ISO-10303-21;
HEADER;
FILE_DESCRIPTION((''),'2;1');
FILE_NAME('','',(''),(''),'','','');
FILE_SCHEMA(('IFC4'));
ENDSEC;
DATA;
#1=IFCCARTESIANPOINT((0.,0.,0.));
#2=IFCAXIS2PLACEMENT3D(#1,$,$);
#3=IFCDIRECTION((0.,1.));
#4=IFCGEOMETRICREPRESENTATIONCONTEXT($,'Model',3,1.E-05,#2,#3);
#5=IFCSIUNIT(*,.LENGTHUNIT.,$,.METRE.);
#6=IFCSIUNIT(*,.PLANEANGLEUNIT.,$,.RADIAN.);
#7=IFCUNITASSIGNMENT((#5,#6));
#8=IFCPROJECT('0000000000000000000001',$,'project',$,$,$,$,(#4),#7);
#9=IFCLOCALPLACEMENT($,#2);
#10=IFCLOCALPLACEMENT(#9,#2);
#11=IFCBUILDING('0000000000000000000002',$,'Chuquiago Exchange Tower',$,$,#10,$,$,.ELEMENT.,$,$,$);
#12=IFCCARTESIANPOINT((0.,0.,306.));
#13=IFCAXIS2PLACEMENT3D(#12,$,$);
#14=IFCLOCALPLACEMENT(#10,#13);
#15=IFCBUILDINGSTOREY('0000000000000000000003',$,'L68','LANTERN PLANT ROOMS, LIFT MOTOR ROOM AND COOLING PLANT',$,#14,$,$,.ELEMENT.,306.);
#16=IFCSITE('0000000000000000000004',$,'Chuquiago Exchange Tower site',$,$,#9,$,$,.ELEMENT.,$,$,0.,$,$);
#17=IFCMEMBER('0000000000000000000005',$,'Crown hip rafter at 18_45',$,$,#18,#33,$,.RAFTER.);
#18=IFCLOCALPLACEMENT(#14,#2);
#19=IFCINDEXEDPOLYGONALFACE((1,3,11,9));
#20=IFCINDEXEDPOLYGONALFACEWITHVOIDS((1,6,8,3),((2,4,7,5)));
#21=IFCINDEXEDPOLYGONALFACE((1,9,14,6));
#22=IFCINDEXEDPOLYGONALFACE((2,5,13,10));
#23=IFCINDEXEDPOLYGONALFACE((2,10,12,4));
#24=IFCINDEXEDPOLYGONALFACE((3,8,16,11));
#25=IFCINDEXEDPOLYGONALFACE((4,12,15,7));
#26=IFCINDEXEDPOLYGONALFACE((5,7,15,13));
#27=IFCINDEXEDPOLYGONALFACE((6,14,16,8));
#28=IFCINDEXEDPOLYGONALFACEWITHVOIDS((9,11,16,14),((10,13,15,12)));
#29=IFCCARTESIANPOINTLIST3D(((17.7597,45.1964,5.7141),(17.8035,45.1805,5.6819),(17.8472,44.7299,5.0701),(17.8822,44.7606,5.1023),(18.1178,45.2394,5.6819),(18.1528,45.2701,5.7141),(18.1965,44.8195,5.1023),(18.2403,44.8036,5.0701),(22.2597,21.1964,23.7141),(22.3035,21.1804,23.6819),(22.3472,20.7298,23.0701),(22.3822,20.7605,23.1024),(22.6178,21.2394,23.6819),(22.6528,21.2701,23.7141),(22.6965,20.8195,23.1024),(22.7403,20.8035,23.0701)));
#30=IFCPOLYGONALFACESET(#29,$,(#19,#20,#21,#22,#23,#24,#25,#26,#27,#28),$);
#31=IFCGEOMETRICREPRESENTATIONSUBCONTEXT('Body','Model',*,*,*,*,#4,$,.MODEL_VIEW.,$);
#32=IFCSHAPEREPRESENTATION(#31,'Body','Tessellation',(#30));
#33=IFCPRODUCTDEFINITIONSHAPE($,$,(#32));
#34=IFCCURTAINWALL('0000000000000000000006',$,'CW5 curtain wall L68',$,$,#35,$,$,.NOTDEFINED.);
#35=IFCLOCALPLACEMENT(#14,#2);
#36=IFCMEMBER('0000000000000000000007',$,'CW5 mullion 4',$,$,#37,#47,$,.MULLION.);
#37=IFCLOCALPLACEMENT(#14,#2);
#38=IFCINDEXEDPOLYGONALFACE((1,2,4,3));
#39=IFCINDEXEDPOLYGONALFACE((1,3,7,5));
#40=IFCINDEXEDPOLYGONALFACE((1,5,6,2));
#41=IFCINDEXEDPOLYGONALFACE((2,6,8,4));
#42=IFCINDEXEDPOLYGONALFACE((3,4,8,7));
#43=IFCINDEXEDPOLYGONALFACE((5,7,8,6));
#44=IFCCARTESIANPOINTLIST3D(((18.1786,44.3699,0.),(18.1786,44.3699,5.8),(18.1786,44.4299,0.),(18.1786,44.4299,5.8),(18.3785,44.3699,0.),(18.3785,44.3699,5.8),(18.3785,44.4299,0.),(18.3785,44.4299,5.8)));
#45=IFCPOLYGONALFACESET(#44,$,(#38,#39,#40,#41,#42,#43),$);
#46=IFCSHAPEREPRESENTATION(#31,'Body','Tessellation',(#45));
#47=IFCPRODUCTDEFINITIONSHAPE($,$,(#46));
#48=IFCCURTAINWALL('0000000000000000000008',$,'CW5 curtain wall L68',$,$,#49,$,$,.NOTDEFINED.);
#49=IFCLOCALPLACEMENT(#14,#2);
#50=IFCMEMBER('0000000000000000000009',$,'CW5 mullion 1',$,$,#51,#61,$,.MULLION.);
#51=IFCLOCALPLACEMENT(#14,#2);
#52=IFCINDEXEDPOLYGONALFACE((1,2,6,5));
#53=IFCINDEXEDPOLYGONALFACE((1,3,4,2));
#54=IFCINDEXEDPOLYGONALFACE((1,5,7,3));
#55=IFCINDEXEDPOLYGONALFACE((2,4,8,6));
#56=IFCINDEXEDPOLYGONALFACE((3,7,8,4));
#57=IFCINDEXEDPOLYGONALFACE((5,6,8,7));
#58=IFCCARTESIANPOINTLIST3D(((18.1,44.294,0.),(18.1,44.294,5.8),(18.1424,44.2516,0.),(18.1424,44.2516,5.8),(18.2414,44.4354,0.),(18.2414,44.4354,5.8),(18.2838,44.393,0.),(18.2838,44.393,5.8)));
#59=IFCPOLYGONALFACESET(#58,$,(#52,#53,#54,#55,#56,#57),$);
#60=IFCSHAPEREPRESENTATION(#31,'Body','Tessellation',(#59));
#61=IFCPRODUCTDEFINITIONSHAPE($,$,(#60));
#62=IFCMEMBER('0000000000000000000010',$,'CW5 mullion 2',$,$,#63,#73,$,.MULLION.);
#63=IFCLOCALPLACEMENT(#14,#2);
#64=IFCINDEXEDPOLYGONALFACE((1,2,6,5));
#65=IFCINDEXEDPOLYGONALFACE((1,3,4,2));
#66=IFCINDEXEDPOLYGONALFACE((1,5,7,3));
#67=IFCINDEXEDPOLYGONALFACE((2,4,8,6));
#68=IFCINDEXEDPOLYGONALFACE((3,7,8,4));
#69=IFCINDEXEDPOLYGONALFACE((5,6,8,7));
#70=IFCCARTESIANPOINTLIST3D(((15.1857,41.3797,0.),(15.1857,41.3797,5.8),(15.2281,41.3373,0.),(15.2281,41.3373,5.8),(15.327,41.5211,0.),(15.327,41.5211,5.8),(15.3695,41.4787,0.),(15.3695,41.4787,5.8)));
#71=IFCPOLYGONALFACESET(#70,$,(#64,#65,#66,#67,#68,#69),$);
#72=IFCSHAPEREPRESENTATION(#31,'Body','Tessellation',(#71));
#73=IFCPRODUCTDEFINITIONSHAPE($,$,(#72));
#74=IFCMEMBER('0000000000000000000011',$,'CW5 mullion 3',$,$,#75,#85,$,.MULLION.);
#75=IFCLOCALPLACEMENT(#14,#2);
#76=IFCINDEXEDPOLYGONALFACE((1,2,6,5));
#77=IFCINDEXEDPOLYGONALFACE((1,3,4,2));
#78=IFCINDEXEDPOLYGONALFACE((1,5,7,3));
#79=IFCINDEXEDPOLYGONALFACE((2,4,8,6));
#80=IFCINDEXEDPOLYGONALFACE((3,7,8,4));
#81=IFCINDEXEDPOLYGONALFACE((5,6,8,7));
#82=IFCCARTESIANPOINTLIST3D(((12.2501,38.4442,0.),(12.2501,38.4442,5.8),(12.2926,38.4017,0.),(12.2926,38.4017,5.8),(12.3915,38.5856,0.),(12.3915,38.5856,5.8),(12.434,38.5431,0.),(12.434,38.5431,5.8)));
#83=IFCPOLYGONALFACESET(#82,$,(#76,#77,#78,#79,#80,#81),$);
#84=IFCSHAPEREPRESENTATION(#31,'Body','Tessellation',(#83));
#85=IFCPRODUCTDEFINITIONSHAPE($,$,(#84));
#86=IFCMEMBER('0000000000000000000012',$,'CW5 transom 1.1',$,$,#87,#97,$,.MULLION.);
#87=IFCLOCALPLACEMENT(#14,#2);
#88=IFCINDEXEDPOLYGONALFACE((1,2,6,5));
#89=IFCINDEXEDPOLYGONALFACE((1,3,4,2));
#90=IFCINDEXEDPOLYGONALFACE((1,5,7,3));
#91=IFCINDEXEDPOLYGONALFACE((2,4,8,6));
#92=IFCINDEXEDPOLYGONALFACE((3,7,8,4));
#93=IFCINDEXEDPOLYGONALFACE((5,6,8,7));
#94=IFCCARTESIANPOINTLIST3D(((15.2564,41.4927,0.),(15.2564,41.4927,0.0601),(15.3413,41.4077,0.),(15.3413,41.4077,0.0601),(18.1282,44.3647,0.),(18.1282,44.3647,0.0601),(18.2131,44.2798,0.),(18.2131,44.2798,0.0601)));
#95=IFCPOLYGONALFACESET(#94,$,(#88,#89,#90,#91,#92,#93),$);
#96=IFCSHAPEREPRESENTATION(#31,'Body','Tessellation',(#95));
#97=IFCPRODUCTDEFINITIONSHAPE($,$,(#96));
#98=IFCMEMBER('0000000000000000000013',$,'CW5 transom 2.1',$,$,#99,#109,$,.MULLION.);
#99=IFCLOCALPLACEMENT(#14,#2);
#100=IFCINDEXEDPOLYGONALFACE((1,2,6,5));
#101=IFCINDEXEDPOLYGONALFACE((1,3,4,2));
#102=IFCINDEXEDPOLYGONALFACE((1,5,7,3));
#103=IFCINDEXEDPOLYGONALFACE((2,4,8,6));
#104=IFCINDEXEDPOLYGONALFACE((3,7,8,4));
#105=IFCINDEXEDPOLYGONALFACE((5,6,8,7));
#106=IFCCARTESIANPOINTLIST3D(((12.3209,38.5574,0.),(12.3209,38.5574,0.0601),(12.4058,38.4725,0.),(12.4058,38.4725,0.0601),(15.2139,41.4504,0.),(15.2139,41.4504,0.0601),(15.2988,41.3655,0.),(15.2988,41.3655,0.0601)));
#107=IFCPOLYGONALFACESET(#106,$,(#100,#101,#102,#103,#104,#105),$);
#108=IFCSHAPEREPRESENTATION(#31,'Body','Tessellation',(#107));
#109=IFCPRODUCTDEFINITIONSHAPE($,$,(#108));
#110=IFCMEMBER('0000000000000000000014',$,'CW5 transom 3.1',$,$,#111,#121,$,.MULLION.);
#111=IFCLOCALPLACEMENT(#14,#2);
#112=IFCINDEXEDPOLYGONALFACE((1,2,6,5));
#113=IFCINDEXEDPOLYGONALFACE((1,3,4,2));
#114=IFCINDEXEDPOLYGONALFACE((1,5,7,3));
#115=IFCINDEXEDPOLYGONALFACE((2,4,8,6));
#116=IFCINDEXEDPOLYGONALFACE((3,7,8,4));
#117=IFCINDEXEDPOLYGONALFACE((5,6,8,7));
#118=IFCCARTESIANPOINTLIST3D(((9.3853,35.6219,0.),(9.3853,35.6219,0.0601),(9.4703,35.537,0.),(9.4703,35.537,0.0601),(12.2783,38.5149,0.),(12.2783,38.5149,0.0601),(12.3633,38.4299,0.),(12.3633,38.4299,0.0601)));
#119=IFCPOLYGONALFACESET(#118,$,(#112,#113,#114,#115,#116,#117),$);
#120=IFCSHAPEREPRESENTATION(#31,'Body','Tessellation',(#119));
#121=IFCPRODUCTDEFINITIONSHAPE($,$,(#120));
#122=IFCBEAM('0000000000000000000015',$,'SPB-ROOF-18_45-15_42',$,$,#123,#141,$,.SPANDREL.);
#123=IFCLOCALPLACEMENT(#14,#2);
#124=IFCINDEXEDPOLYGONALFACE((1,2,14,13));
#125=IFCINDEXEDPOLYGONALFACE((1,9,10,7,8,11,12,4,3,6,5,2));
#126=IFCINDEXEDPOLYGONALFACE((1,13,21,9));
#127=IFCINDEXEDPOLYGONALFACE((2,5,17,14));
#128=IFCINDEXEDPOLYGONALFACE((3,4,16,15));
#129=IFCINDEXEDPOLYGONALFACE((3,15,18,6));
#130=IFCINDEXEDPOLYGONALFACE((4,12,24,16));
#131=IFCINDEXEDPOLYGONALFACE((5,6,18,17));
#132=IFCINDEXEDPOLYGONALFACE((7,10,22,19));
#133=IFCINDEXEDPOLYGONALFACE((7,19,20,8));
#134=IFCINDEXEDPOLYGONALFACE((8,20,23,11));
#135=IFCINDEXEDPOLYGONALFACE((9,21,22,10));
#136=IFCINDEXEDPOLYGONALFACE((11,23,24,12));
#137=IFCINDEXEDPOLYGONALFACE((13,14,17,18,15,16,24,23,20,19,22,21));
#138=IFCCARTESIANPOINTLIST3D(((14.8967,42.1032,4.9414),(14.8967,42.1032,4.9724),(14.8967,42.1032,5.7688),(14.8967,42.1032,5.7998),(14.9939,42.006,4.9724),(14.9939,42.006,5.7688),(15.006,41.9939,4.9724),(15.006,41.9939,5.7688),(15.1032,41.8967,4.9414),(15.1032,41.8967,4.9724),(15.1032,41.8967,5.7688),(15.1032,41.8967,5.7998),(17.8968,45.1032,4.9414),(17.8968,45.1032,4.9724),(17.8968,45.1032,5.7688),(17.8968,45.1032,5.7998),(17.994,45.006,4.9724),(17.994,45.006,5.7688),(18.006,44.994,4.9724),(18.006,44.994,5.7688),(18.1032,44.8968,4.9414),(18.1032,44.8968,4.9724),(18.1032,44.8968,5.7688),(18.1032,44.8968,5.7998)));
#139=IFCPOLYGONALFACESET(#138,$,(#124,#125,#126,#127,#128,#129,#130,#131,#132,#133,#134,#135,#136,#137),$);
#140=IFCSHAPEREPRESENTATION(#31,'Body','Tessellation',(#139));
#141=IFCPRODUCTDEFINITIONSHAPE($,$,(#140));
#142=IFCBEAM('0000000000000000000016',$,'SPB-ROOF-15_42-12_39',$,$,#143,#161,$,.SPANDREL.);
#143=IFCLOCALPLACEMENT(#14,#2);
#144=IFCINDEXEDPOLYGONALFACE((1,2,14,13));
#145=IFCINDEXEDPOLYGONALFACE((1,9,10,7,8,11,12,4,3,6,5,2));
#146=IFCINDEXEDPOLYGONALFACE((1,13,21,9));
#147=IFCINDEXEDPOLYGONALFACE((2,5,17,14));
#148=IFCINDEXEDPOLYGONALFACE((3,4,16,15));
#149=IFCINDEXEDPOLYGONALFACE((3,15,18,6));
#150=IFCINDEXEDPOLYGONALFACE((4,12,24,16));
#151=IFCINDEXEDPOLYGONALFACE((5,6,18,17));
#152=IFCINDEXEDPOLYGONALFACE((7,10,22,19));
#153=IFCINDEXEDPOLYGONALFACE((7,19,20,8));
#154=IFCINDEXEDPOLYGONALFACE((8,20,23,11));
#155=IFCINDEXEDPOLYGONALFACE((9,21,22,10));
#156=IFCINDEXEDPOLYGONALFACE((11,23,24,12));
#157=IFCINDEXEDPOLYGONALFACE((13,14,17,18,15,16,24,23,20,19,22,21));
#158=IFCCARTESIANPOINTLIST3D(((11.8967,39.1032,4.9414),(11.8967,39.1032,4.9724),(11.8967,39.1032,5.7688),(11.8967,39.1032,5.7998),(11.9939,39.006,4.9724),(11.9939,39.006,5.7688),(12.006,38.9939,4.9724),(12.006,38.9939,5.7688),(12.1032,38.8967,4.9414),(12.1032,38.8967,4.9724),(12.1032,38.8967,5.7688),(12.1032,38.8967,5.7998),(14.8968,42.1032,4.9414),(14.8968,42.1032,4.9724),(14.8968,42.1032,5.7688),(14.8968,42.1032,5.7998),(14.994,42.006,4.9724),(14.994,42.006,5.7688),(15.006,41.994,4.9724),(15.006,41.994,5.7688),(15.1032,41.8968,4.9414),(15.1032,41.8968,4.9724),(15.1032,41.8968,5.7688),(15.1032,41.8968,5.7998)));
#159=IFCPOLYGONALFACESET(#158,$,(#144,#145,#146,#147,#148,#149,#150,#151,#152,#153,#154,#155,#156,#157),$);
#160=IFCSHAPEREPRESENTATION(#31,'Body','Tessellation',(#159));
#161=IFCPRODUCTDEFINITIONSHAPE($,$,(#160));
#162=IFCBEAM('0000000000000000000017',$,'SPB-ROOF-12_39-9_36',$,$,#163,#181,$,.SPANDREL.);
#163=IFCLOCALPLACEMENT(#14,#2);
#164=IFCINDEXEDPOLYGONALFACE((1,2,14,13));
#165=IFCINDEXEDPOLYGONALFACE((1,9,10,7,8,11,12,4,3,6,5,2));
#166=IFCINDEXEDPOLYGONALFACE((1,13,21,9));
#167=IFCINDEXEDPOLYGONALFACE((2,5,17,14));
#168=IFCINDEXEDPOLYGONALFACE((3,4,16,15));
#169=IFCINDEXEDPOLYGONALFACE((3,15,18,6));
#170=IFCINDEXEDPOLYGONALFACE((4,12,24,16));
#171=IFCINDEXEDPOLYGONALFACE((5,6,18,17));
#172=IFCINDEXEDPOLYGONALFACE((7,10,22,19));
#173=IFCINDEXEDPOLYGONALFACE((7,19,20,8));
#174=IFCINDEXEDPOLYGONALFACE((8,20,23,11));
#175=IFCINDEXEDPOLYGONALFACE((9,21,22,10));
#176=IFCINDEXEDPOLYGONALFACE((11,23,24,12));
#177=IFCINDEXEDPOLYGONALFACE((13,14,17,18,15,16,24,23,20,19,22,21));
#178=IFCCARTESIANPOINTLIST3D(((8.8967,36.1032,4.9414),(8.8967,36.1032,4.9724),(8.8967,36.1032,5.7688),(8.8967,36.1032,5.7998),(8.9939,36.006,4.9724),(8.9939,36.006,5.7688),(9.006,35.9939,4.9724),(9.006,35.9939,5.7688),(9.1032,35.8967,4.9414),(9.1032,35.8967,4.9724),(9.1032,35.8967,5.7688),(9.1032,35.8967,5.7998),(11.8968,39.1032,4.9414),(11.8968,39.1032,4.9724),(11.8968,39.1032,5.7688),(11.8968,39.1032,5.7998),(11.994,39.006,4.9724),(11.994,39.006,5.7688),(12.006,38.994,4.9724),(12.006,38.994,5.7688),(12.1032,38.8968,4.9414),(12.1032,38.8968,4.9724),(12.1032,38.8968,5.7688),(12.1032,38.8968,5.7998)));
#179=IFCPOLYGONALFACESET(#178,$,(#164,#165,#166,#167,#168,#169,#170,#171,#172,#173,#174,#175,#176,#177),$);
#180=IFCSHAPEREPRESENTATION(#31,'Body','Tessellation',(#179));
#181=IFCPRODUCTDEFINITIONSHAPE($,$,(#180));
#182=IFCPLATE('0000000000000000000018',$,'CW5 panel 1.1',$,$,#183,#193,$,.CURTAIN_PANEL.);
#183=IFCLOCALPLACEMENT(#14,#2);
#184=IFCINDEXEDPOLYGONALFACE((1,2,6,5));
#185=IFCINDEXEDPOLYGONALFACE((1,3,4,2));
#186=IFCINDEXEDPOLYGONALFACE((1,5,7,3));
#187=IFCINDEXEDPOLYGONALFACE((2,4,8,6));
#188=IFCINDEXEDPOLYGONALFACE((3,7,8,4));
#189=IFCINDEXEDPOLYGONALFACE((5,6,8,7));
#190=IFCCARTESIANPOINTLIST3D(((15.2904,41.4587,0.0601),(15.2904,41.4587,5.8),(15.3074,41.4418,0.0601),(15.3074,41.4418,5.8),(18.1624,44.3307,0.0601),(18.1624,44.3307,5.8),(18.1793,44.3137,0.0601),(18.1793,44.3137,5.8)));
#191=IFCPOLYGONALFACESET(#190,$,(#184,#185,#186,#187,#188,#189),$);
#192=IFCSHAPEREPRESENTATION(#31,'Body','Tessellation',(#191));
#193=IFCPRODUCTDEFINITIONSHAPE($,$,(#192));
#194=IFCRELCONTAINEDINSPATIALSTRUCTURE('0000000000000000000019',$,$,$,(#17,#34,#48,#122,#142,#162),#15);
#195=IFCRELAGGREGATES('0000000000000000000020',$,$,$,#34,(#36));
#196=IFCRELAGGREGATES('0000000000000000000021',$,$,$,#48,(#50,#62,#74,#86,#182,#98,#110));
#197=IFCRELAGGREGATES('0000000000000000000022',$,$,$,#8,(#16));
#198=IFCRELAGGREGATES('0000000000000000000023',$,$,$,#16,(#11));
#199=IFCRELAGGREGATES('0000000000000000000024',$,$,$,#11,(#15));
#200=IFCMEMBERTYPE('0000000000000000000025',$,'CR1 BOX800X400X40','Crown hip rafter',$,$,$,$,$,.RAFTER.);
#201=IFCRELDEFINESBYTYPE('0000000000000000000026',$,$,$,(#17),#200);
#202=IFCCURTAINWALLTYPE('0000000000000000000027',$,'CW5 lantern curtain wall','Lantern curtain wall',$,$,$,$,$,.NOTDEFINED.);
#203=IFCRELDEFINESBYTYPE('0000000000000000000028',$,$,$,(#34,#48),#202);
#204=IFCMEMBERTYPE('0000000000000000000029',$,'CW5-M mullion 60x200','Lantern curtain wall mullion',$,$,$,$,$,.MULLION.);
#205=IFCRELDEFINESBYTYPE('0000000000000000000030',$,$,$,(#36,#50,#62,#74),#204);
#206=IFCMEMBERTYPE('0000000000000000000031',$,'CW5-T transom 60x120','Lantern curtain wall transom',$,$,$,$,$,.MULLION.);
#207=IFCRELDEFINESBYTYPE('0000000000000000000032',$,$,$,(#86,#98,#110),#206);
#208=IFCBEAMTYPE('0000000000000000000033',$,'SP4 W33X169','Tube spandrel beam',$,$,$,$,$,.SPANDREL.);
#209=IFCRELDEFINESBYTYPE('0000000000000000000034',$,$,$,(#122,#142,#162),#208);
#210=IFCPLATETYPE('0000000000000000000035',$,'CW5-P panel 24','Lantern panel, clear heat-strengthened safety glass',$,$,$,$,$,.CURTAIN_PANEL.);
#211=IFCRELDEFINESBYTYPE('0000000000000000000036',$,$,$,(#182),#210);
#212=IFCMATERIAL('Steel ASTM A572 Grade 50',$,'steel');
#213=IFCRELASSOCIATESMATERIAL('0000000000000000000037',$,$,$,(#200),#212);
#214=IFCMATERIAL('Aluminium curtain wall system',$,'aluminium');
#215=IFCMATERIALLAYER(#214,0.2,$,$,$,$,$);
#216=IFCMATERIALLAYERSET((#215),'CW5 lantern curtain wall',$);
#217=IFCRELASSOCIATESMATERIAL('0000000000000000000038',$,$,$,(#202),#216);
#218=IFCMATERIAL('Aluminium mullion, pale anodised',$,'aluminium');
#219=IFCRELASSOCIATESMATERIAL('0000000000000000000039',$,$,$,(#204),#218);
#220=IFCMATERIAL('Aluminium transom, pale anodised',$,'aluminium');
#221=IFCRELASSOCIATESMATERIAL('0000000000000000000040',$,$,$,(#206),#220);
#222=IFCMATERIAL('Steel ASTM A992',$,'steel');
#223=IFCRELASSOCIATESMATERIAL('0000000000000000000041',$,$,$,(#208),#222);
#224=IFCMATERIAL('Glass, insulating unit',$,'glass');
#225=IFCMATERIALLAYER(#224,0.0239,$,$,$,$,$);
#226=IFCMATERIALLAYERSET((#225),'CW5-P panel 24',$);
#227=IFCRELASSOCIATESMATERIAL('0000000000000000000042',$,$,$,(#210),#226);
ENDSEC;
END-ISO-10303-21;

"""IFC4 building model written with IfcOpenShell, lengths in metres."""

from ifc_helpers import new_model, si_unit, direction, frame, origin, origin_2d, place, context, subcontext, project, spatial, rectangle, hollow_rectangle, i_section, extrude, material, layer, layer_set, material_profile, profile_set, type_object, element, aggregate, save


model = new_model("IFC4")

# Units and contexts
model_context = context("Model", 3, precision=1e-05, world=origin(), true_north=direction((0.0, 1.0)))
body_context = subcontext(model_context, "Body", "Model", "MODEL_VIEW")
ifc_project = project(units=[si_unit("LENGTHUNIT", "METRE"), si_unit("PLANEANGLEUNIT", "RADIAN")], contexts=[model_context])

# Site, building, storey
site_placement = place(None, origin())
site = spatial("IfcSite", under=ifc_project, at=site_placement, Name="Chuquiago Exchange Tower site", CompositionType="ELEMENT", RefElevation=0.0)
building_placement = place(site_placement, origin())
building = spatial("IfcBuilding", under=site, at=building_placement, Name="Chuquiago Exchange Tower", CompositionType="ELEMENT")
storey_placement = place(building_placement, frame((0.0, 0.0, 306.0)))
storey = spatial("IfcBuildingStorey", under=building, at=storey_placement, Name="L68", Description="LANTERN PLANT ROOMS, LIFT MOTOR ROOM AND COOLING PLANT", CompositionType="ELEMENT", Elevation=306.0)

# Member
ifc_material_1 = material(Name="Steel ASTM A572 Grade 50", Category="steel")
ifc_material_profile_1 = material_profile(ifc_material_1, hollow_rectangle(XDim=0.3999, YDim=0.8, WallThickness=0.04, at=origin_2d()), Name="BOX800X400X40")
ifc_profile_set_1 = profile_set([ifc_material_profile_1], Name="Steel ASTM A572 Grade 50")
member_type_1 = type_object("IfcMemberType", Name="CR1 BOX800X400X40", Description="Crown hip rafter", PredefinedType="RAFTER", material=ifc_profile_set_1)
member_1_placement = place(storey_placement, frame((18.0, 45.0, 5.3921), z_axis=(0.14834, -0.791149, 0.593362), x_axis=(0.982872, 0.184289, 0.0)))
element("IfcMember", 1, at=member_1_placement, inside=storey, type_object=member_type_1, Name="Crown hip rafter at 18_45", PredefinedType="RAFTER", context=body_context, shape_type="SweptSolid", body=[
    extrude(hollow_rectangle(XDim=0.3999, YDim=0.8, WallThickness=0.04, at=origin_2d()), origin(), (0.0, 0.0, 1.0), 30.3357),
])

# Curtain wall, member
ifc_material_2 = material(Name="Aluminium curtain wall system", Category="aluminium")
ifc_layer_1 = layer(ifc_material_2, 0.2)
ifc_layer_set_1 = layer_set([ifc_layer_1], Name="CW5 lantern curtain wall")
curtain_wall_type = type_object("IfcCurtainWallType", Name="CW5 lantern curtain wall", Description="Lantern curtain wall", PredefinedType="NOTDEFINED", material=ifc_layer_set_1)
curtain_wall_1_placement = place(storey_placement, origin())
curtain_wall_1 = element("IfcCurtainWall", 2, at=curtain_wall_1_placement, inside=storey, type_object=curtain_wall_type, Name="CW5 curtain wall L68", PredefinedType="NOTDEFINED")
ifc_material_3 = material(Name="Aluminium mullion, pale anodised", Category="aluminium")
ifc_material_profile_2 = material_profile(ifc_material_3, rectangle(XDim=0.0601, YDim=0.2, at=origin_2d()), Name="AL 60x200")
ifc_profile_set_2 = profile_set([ifc_material_profile_2], Name="Aluminium mullion, pale anodised")
member_type_2 = type_object("IfcMemberType", Name="CW5-M mullion 60x200", Description="Lantern curtain wall mullion", PredefinedType="MULLION", material=ifc_profile_set_2)
member_2_placement = place(storey_placement, frame((18.2786, 44.3999, 0.0), z_axis=(0.0, 0.0, 1.0), x_axis=(0.0, -1.0, 0.0)))
member_2 = element("IfcMember", 3, at=member_2_placement, type_object=member_type_2, Name="CW5 mullion 4", PredefinedType="MULLION", context=body_context, shape_type="SweptSolid", body=[
    extrude(rectangle(XDim=0.0601, YDim=0.2, at=origin_2d()), origin(), (0.0, 0.0, 1.0), 5.8),
])
aggregate(curtain_wall_1, [member_2])

# Curtain wall, members
curtain_wall_2_placement = place(storey_placement, origin())
curtain_wall_2 = element("IfcCurtainWall", 4, at=curtain_wall_2_placement, inside=storey, type_object=curtain_wall_type, Name="CW5 curtain wall L68", PredefinedType="NOTDEFINED")
member_3_placement = place(storey_placement, frame((18.1919, 44.3435, 0.0), z_axis=(0.0, 0.0, 1.0), x_axis=(0.707105, -0.707109, 0.0)))
member_3 = element("IfcMember", 5, at=member_3_placement, type_object=member_type_2, Name="CW5 mullion 1", PredefinedType="MULLION", context=body_context, shape_type="SweptSolid", body=[
    extrude(rectangle(XDim=0.0601, YDim=0.2, at=origin_2d()), origin(), (0.0, 0.0, 1.0), 5.8),
])
member_4_placement = place(storey_placement, frame((15.2776, 41.4292, 0.0), z_axis=(0.0, 0.0, 1.0), x_axis=(0.707105, -0.707109, 0.0)))
member_4 = element("IfcMember", 6, at=member_4_placement, type_object=member_type_2, Name="CW5 mullion 2", PredefinedType="MULLION", context=body_context, shape_type="SweptSolid", body=[
    extrude(rectangle(XDim=0.0601, YDim=0.2, at=origin_2d()), origin(), (0.0, 0.0, 1.0), 5.8),
])
member_5_placement = place(storey_placement, frame((12.342, 38.4937, 0.0), z_axis=(0.0, 0.0, 1.0), x_axis=(0.707105, -0.707109, 0.0)))
member_5 = element("IfcMember", 7, at=member_5_placement, type_object=member_type_2, Name="CW5 mullion 3", PredefinedType="MULLION", context=body_context, shape_type="SweptSolid", body=[
    extrude(rectangle(XDim=0.0601, YDim=0.2, at=origin_2d()), origin(), (0.0, 0.0, 1.0), 5.8),
])
ifc_material_4 = material(Name="Aluminium transom, pale anodised", Category="aluminium")
ifc_material_profile_3 = material_profile(ifc_material_4, rectangle(XDim=0.1201, YDim=0.0601, at=origin_2d()), Name="AL 120x60")
ifc_profile_set_3 = profile_set([ifc_material_profile_3], Name="Aluminium transom, pale anodised")
member_type_3 = type_object("IfcMemberType", Name="CW5-T transom 60x120", Description="Lantern curtain wall transom", PredefinedType="MULLION", material=ifc_profile_set_3)
member_6_placement = place(storey_placement, frame((18.1707, 44.3223, 0.03), z_axis=(-0.707077, -0.707137, 0.0), x_axis=(0.707137, -0.707077, 0.0)))
member_6 = element("IfcMember", 8, at=member_6_placement, type_object=member_type_3, Name="CW5 transom 1.1", PredefinedType="MULLION", context=body_context, shape_type="SweptSolid", body=[
    extrude(rectangle(XDim=0.1201, YDim=0.0601, at=origin_2d()), origin(), (0.0, 0.0, 1.0), 4.0615),
])
member_7_placement = place(storey_placement, frame((15.2563, 41.408, 0.03), z_axis=(-0.707107, -0.707107, 0.0), x_axis=(0.707107, -0.707107, 0.0)))
member_7 = element("IfcMember", 9, at=member_7_placement, type_object=member_type_3, Name="CW5 transom 2.1", PredefinedType="MULLION", context=body_context, shape_type="SweptSolid", body=[
    extrude(rectangle(XDim=0.1201, YDim=0.0601, at=origin_2d()), origin(), (0.0, 0.0, 1.0), 4.0913),
])
member_8_placement = place(storey_placement, frame((12.3208, 38.4724, 0.03), z_axis=(-0.707107, -0.707107, 0.0), x_axis=(0.707107, -0.707107, 0.0)))
member_8 = element("IfcMember", 10, at=member_8_placement, type_object=member_type_3, Name="CW5 transom 3.1", PredefinedType="MULLION", context=body_context, shape_type="SweptSolid", body=[
    extrude(rectangle(XDim=0.1201, YDim=0.0601, at=origin_2d()), origin(), (0.0, 0.0, 1.0), 4.0913),
])

# Beams
ifc_material_5 = material(Name="Steel ASTM A992", Category="steel")
ifc_material_profile_4 = material_profile(ifc_material_5, i_section(OverallWidth=0.292, OverallDepth=0.8584, WebThickness=0.0171, FlangeThickness=0.031, at=origin_2d()), Name="W33X169")
ifc_profile_set_4 = profile_set([ifc_material_profile_4], Name="Steel ASTM A992")
beam_type_1 = type_object("IfcBeamType", Name="SP4 W33X169", Description="Tube spandrel beam", PredefinedType="SPANDREL", material=ifc_profile_set_4)
for number, where, z_axis, x_axis, name in (
    (11, (18.0, 45.0, 5.3706), (-0.707107, -0.707107, 0.0), (0.707107, -0.707107, 0.0), "SPB-ROOF-18_45-15_42"),
    (12, (15.0, 42.0, 5.3706), (-0.707107, -0.707107, 0.0), (0.707107, -0.707107, 0.0), "SPB-ROOF-15_42-12_39"),
    (13, (12.0, 39.0, 5.3706), (-0.707107, -0.707107, 0.0), (0.707107, -0.707107, 0.0), "SPB-ROOF-12_39-9_36"),
):
    element("IfcBeam", number, at=place(storey_placement, frame(where, z_axis=z_axis, x_axis=x_axis)), inside=storey, type_object=beam_type_1, Name=name, PredefinedType="SPANDREL", context=body_context, shape_type="SweptSolid", body=[
        extrude(i_section(OverallWidth=0.292, OverallDepth=0.8584, WebThickness=0.0171, FlangeThickness=0.031, at=origin_2d()), origin(), (0.0, 0.0, 1.0), 4.2427),
    ])

# Plate
ifc_material_6 = material(Name="Glass, insulating unit", Category="glass")
ifc_layer_2 = layer(ifc_material_6, 0.0239)
ifc_layer_set_2 = layer_set([ifc_layer_2], Name="CW5-P panel 24")
plate_type = type_object("IfcPlateType", Name="CW5-P panel 24", Description="Lantern panel, clear heat-strengthened safety glass", PredefinedType="CURTAIN_PANEL", material=ifc_layer_set_2)
plate_1_placement = place(storey_placement, frame((16.7349, 42.8862, 0.0601), z_axis=(0.0, 0.0, 1.0), x_axis=(-0.707109, -0.707105, 0.0)))
plate_1 = element("IfcPlate", 14, at=plate_1_placement, type_object=plate_type, Name="CW5 panel 1.1", PredefinedType="CURTAIN_PANEL", context=body_context, shape_type="SweptSolid", body=[
    extrude(rectangle(XDim=4.0615, YDim=0.0239, at=origin_2d()), origin(), (0.0, 0.0, 1.0), 5.74),
])
aggregate(curtain_wall_2, [member_3, member_4, member_5, member_6, plate_1, member_7, member_8])

save(model, "model.ifc")
